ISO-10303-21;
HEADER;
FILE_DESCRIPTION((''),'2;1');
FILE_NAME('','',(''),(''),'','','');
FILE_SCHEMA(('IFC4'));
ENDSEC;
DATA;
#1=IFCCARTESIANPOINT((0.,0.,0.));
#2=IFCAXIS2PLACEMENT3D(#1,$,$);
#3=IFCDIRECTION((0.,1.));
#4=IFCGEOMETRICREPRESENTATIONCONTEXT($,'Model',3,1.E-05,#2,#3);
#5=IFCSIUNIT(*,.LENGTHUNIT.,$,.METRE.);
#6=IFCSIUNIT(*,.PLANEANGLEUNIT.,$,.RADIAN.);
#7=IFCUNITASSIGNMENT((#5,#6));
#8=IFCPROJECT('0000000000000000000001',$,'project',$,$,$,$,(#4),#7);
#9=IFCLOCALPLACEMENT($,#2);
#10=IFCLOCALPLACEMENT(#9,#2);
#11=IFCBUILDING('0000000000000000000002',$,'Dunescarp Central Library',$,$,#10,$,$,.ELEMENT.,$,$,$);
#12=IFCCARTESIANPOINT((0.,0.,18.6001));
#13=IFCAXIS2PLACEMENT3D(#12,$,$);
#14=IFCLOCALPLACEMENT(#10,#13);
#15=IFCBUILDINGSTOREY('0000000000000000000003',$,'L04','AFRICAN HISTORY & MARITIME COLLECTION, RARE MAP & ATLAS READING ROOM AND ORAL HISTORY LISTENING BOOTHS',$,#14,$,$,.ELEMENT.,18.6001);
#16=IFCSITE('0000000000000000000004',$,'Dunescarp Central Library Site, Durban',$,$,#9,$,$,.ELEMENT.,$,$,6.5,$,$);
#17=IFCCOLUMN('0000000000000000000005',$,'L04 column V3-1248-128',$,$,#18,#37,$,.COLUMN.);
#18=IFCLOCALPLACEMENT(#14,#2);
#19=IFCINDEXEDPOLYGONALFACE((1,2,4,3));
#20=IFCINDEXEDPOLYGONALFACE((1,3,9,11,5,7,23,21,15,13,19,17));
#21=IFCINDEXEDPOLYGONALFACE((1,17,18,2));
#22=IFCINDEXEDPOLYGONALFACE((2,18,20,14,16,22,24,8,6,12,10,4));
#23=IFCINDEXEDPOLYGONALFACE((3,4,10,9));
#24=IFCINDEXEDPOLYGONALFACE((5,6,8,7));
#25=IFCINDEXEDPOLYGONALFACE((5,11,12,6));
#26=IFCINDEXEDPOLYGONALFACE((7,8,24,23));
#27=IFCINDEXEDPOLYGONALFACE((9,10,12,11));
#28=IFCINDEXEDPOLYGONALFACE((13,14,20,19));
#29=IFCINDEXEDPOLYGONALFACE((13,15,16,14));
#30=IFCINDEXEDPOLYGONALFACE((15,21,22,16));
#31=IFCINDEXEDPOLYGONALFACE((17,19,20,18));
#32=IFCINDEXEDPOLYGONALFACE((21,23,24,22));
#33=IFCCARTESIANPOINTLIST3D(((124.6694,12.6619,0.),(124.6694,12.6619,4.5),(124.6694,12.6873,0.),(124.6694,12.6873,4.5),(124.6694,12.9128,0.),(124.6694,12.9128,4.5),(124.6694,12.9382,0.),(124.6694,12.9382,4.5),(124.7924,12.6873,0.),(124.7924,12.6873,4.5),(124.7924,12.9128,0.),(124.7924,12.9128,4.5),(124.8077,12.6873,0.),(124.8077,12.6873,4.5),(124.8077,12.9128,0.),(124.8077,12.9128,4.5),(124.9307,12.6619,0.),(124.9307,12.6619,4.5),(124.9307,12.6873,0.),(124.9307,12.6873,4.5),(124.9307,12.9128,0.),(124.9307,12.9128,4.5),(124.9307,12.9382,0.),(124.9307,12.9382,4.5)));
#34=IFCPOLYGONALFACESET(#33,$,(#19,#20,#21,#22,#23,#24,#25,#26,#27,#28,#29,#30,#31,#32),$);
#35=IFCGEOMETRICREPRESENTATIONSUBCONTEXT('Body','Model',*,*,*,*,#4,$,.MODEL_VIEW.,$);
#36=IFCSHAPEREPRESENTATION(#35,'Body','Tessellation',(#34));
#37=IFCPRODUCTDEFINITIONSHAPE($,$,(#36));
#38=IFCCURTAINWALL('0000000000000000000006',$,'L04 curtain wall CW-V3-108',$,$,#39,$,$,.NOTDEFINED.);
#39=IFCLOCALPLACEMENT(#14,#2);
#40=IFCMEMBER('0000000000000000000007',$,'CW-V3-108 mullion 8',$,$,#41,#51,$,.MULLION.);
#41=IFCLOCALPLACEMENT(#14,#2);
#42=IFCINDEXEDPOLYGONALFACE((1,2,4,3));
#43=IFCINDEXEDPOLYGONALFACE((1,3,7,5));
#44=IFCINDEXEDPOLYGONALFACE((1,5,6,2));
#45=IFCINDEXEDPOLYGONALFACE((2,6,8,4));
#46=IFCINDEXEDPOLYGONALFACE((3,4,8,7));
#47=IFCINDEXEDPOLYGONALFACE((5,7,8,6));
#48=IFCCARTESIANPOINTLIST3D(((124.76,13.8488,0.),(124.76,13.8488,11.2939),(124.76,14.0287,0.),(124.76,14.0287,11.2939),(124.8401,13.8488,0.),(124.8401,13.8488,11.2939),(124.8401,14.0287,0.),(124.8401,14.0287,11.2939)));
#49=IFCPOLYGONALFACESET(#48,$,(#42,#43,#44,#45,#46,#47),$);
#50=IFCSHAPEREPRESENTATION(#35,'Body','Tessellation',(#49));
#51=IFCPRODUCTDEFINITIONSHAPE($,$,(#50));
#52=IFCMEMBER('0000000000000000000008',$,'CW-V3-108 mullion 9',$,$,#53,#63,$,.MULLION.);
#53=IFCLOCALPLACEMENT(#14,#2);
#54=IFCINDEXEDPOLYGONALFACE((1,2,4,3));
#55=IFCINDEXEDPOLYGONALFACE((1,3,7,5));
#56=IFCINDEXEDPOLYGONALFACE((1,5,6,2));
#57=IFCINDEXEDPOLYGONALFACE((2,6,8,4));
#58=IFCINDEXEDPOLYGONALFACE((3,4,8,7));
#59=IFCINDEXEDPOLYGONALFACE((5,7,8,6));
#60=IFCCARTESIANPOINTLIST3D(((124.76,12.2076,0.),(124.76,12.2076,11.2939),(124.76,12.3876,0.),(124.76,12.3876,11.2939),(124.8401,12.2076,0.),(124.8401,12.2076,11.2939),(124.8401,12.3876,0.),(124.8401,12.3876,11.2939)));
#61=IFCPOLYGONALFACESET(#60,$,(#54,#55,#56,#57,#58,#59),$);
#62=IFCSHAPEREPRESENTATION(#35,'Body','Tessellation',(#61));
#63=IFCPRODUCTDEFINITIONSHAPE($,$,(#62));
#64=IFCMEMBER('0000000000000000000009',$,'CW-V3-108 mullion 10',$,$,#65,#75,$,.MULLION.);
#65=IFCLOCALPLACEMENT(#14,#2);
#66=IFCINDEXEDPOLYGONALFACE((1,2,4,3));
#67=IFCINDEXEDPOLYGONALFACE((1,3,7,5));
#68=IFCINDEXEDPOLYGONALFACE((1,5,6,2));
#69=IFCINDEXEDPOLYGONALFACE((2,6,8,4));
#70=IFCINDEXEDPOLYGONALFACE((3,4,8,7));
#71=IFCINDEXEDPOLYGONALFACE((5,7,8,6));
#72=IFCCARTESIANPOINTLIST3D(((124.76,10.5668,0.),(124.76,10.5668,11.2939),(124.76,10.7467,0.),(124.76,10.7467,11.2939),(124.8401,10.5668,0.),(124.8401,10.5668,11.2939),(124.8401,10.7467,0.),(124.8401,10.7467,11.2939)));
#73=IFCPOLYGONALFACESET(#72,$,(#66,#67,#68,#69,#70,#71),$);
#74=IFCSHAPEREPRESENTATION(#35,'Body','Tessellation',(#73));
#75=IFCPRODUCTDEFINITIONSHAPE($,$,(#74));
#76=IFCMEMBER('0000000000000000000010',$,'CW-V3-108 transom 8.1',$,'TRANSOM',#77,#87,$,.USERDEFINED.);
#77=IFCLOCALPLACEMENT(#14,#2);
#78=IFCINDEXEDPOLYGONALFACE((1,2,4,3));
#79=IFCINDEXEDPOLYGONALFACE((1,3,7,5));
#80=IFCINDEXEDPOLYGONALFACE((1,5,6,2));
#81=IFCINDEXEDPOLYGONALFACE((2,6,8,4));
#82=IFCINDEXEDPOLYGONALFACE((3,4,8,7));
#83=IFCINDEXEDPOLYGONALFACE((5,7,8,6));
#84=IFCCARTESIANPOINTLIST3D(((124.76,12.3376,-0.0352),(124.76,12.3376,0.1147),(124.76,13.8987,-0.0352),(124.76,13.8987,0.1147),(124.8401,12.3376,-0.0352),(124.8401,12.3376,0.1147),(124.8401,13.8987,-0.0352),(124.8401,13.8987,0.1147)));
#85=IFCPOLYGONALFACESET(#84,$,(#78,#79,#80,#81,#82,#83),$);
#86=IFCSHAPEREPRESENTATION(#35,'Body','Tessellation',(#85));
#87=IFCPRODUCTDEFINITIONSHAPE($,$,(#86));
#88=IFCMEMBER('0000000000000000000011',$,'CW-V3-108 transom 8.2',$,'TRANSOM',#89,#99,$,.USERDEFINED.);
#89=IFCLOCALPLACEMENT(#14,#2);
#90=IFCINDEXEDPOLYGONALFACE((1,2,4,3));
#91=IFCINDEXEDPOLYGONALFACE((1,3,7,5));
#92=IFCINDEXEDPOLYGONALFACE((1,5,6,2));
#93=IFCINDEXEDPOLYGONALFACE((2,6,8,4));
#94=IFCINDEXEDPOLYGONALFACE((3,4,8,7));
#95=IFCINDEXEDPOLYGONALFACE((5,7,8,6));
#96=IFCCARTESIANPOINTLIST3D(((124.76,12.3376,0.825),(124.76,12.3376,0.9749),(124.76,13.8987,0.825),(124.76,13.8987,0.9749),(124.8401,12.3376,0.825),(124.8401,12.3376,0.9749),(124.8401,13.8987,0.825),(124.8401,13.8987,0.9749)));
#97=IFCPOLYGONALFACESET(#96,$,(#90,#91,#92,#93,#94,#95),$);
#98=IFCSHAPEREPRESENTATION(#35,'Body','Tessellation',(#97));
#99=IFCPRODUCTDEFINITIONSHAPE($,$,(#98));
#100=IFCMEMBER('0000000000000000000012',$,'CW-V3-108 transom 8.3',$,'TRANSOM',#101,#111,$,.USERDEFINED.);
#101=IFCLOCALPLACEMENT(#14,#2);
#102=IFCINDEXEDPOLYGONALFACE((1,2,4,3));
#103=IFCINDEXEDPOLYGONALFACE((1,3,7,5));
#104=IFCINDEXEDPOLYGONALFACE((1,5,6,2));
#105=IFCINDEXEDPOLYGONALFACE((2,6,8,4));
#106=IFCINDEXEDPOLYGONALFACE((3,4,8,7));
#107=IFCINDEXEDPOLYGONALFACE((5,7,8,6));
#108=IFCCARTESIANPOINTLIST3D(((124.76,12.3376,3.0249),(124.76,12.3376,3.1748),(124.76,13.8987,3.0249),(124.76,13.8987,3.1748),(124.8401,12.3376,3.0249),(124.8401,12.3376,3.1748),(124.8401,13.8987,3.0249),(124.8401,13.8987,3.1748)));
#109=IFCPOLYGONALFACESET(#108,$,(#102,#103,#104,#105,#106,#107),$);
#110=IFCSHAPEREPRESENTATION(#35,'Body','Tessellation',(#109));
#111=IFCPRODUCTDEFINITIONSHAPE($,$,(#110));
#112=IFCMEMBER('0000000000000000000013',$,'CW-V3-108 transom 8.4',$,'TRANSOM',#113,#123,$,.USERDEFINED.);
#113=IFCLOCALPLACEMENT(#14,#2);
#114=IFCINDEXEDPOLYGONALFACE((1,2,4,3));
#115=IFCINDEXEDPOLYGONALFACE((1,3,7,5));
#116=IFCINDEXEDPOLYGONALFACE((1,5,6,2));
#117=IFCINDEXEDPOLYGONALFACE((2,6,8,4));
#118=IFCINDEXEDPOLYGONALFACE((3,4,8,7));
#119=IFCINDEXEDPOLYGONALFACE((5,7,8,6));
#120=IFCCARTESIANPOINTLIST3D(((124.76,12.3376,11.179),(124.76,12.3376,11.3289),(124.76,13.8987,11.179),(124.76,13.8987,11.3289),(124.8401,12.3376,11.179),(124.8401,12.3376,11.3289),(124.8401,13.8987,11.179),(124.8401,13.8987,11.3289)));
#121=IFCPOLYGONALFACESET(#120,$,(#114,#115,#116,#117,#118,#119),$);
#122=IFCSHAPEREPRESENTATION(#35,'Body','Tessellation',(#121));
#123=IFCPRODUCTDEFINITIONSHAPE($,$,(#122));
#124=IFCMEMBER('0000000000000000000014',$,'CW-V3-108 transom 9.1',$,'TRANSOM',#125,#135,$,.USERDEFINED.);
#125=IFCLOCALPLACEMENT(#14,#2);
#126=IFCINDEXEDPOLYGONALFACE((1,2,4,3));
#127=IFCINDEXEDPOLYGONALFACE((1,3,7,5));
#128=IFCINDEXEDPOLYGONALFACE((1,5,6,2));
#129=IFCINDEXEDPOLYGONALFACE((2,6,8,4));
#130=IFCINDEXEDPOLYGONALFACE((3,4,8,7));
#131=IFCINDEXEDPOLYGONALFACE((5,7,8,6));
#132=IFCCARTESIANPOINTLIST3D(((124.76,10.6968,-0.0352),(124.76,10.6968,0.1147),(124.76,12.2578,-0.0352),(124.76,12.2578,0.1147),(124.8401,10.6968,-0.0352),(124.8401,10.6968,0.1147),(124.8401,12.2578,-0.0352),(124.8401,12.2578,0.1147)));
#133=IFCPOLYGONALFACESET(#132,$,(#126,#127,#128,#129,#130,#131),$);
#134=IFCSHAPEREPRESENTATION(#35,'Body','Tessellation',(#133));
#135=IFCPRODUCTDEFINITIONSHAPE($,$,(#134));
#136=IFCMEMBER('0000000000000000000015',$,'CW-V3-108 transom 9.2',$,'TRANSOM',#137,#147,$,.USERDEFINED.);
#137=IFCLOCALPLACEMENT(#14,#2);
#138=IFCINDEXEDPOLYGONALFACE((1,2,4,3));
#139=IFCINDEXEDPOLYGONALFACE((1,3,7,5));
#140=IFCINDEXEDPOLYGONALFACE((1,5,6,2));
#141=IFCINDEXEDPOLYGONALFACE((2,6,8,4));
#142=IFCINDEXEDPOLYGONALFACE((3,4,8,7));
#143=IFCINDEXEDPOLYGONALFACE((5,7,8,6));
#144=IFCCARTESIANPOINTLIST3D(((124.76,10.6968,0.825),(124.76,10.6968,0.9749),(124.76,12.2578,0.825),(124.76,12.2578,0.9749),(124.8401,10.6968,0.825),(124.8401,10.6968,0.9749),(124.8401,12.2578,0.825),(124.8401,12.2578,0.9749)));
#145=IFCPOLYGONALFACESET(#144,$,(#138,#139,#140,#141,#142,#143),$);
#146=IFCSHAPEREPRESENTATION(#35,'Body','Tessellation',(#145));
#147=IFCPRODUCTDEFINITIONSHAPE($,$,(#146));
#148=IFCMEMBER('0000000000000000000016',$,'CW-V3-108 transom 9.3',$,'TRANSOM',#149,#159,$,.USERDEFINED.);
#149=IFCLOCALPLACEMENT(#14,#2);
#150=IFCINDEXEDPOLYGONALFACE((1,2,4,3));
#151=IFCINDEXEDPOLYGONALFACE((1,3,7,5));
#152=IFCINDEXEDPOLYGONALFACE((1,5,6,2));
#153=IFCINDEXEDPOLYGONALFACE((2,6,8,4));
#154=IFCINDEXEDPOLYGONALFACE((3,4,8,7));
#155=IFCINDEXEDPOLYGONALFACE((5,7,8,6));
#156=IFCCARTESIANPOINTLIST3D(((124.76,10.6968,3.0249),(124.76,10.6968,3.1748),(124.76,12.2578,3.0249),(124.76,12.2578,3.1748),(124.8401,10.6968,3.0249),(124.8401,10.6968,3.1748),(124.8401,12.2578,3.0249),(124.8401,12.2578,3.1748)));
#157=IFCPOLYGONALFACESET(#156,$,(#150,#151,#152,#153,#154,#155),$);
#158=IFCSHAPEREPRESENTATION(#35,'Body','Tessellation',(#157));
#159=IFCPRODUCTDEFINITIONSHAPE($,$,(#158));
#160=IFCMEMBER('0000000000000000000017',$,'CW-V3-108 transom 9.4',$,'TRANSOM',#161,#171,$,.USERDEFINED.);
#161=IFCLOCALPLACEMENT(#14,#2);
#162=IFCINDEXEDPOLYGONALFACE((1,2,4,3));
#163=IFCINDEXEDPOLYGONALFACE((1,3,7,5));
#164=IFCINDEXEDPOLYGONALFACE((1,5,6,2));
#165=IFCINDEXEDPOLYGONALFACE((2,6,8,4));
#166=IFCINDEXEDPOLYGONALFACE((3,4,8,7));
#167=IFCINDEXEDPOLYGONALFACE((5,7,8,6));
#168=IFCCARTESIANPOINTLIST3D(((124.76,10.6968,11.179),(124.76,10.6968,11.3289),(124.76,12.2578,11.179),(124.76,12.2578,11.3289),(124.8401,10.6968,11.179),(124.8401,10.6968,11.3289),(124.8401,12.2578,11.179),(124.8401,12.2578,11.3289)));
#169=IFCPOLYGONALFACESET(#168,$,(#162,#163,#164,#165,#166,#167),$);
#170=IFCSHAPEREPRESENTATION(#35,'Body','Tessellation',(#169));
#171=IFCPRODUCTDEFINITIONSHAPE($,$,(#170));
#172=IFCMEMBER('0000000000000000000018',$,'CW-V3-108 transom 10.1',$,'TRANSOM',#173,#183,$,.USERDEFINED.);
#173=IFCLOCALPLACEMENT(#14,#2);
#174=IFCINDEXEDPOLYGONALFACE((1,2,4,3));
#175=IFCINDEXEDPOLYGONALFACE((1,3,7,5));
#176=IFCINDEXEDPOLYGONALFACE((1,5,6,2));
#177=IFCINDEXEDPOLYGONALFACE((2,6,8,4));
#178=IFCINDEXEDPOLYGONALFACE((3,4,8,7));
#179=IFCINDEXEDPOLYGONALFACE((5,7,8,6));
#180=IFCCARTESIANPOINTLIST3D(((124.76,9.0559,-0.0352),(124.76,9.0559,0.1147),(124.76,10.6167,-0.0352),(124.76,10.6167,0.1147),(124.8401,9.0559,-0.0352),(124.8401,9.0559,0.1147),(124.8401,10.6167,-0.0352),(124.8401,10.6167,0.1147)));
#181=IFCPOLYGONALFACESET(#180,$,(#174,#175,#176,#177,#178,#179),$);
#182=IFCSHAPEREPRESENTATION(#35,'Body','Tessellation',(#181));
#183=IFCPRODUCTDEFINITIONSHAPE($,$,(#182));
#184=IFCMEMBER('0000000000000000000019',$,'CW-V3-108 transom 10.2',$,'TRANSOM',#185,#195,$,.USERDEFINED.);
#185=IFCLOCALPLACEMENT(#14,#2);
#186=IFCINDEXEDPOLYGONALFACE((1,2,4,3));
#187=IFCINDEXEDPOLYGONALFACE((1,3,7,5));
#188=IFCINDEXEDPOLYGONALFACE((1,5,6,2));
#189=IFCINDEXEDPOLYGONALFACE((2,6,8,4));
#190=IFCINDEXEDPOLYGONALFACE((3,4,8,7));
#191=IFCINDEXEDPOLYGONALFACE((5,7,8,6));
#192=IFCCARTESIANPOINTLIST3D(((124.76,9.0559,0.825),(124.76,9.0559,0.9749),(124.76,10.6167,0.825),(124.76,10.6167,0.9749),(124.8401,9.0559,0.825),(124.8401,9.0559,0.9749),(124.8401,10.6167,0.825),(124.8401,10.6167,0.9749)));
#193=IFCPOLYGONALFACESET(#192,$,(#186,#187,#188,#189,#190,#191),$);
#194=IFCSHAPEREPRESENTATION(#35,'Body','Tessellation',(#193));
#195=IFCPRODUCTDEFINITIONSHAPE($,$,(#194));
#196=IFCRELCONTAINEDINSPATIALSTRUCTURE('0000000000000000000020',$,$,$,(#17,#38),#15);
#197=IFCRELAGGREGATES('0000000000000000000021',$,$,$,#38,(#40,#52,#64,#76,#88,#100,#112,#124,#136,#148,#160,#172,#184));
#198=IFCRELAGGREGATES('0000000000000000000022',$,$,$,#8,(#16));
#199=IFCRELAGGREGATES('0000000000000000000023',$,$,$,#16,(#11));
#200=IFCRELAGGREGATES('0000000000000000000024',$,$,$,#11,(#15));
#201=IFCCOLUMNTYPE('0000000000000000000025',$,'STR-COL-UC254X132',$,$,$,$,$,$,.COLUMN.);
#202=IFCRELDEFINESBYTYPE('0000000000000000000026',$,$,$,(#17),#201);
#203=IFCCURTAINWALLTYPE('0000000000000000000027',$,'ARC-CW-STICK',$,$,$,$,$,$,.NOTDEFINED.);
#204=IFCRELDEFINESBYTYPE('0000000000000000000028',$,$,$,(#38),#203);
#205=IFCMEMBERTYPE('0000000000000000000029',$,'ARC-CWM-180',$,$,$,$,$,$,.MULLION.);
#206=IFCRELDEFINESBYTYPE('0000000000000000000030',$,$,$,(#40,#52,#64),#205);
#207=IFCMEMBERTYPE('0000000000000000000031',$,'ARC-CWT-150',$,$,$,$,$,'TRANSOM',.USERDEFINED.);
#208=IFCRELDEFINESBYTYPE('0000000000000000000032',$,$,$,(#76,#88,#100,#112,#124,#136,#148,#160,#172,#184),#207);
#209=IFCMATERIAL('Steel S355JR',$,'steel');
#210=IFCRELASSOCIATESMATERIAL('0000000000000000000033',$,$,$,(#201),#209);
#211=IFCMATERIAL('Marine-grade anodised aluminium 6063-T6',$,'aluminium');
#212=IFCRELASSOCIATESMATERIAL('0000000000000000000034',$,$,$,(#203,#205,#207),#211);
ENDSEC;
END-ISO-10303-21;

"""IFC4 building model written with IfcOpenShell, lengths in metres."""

from ifc_helpers import new_model, si_unit, direction, frame, origin, origin_2d, place, context, subcontext, project, spatial, rectangle, i_section, extrude, material, material_profile, profile_set, type_object, element, aggregate, save


model = new_model("IFC4")

# Units and contexts
model_context = context("Model", 3, precision=1e-05, world=origin(), true_north=direction((0.0, 1.0)))
body_context = subcontext(model_context, "Body", "Model", "MODEL_VIEW")
ifc_project = project(units=[si_unit("LENGTHUNIT", "METRE"), si_unit("PLANEANGLEUNIT", "RADIAN")], contexts=[model_context])

# Site, building, storey
site_placement = place(None, origin())
site = spatial("IfcSite", under=ifc_project, at=site_placement, Name="Dunescarp Central Library Site, Durban", CompositionType="ELEMENT", RefElevation=6.5)
building_placement = place(site_placement, origin())
building = spatial("IfcBuilding", under=site, at=building_placement, Name="Dunescarp Central Library", CompositionType="ELEMENT")
storey_placement = place(building_placement, frame((0.0, 0.0, 18.6001)))
storey = spatial("IfcBuildingStorey", under=building, at=storey_placement, Name="L04", Description="AFRICAN HISTORY & MARITIME COLLECTION, RARE MAP & ATLAS READING ROOM AND ORAL HISTORY LISTENING BOOTHS", CompositionType="ELEMENT", Elevation=18.6001)

# Column
ifc_material_1 = material(Name="Steel S355JR", Category="steel")
ifc_material_profile_1 = material_profile(ifc_material_1, i_section(OverallWidth=0.2612, OverallDepth=0.2764, WebThickness=0.0154, FlangeThickness=0.0254, at=origin_2d()), Name="UC 254x254x132")
ifc_profile_set_1 = profile_set([ifc_material_profile_1], Name="Steel S355JR")
column_type = type_object("IfcColumnType", Name="STR-COL-UC254X132", PredefinedType="COLUMN", material=ifc_profile_set_1)
column_placement = place(storey_placement, frame((124.8, 12.8, 0.0), z_axis=(0.0, 0.0, 1.0), x_axis=(1.0, 0.0, 0.0)))
element("IfcColumn", 1, at=column_placement, inside=storey, type_object=column_type, Name="L04 column V3-1248-128", PredefinedType="COLUMN", context=body_context, shape_type="SweptSolid", body=[
    extrude(i_section(OverallWidth=0.2612, OverallDepth=0.2764, WebThickness=0.0154, FlangeThickness=0.0254, at=origin_2d()), origin(), (0.0, 0.0, 1.0), 4.5),
])

# Curtain wall, members
ifc_material_2 = material(Name="Marine-grade anodised aluminium 6063-T6", Category="aluminium")
curtain_wall_type = type_object("IfcCurtainWallType", Name="ARC-CW-STICK", PredefinedType="NOTDEFINED", material=ifc_material_2)
curtain_wall_placement = place(storey_placement, origin())
curtain_wall = element("IfcCurtainWall", 2, at=curtain_wall_placement, inside=storey, type_object=curtain_wall_type, Name="L04 curtain wall CW-V3-108", PredefinedType="NOTDEFINED")
ifc_material_profile_2 = material_profile(ifc_material_2, rectangle(XDim=0.0801, YDim=0.1799, at=origin_2d()), Name="AL 80x180")
ifc_profile_set_2 = profile_set([ifc_material_profile_2], Name="Marine-grade anodised aluminium 6063-T6")
member_type_1 = type_object("IfcMemberType", Name="ARC-CWM-180", PredefinedType="MULLION", material=ifc_profile_set_2)
member_1_placement = place(storey_placement, frame((124.8, 13.9387, 0.0), z_axis=(0.0, 0.0, 1.0), x_axis=(1.0, 0.0, 0.0)))
member_1 = element("IfcMember", 3, at=member_1_placement, type_object=member_type_1, Name="CW-V3-108 mullion 8", PredefinedType="MULLION", context=body_context, shape_type="SweptSolid", body=[
    extrude(rectangle(XDim=0.0801, YDim=0.1799, at=origin_2d()), origin(), (0.0, 0.0, 1.0), 11.2939),
])
member_2_placement = place(storey_placement, frame((124.8, 12.2976, 0.0), z_axis=(0.0, 0.0, 1.0), x_axis=(1.0, 0.0, 0.0)))
member_2 = element("IfcMember", 4, at=member_2_placement, type_object=member_type_1, Name="CW-V3-108 mullion 9", PredefinedType="MULLION", context=body_context, shape_type="SweptSolid", body=[
    extrude(rectangle(XDim=0.0801, YDim=0.1799, at=origin_2d()), origin(), (0.0, 0.0, 1.0), 11.2939),
])
member_3_placement = place(storey_placement, frame((124.8, 10.6567, 0.0), z_axis=(0.0, 0.0, 1.0), x_axis=(1.0, 0.0, 0.0)))
member_3 = element("IfcMember", 5, at=member_3_placement, type_object=member_type_1, Name="CW-V3-108 mullion 10", PredefinedType="MULLION", context=body_context, shape_type="SweptSolid", body=[
    extrude(rectangle(XDim=0.0801, YDim=0.1799, at=origin_2d()), origin(), (0.0, 0.0, 1.0), 11.2939),
])
ifc_material_profile_3 = material_profile(ifc_material_2, rectangle(XDim=0.0801, YDim=0.1499, at=origin_2d()), Name="AL 80x150")
ifc_profile_set_3 = profile_set([ifc_material_profile_3], Name="Marine-grade anodised aluminium 6063-T6")
member_type_2 = type_object("IfcMemberType", Name="ARC-CWT-150", ElementType="TRANSOM", PredefinedType="USERDEFINED", material=ifc_profile_set_3)
member_4_placement = place(storey_placement, frame((124.8, 13.8987, 0.0398), z_axis=(0.0, -1.0, 0.0), x_axis=(1.0, 0.0, 0.0)))
member_4 = element("IfcMember", 6, at=member_4_placement, type_object=member_type_2, Name="CW-V3-108 transom 8.1", ObjectType="TRANSOM", PredefinedType="USERDEFINED", context=body_context, shape_type="SweptSolid", body=[
    extrude(rectangle(XDim=0.0801, YDim=0.1499, at=origin_2d()), origin(), (0.0, 0.0, 1.0), 1.561),
])
member_5_placement = place(storey_placement, frame((124.8, 13.8987, 0.8999), z_axis=(0.0, -1.0, 0.0), x_axis=(1.0, 0.0, 0.0)))
member_5 = element("IfcMember", 7, at=member_5_placement, type_object=member_type_2, Name="CW-V3-108 transom 8.2", ObjectType="TRANSOM", PredefinedType="USERDEFINED", context=body_context, shape_type="SweptSolid", body=[
    extrude(rectangle(XDim=0.0801, YDim=0.1499, at=origin_2d()), origin(), (0.0, 0.0, 1.0), 1.561),
])
member_6_placement = place(storey_placement, frame((124.8, 13.8987, 3.0999), z_axis=(0.0, -1.0, 0.0), x_axis=(1.0, 0.0, 0.0)))
member_6 = element("IfcMember", 8, at=member_6_placement, type_object=member_type_2, Name="CW-V3-108 transom 8.3", ObjectType="TRANSOM", PredefinedType="USERDEFINED", context=body_context, shape_type="SweptSolid", body=[
    extrude(rectangle(XDim=0.0801, YDim=0.1499, at=origin_2d()), origin(), (0.0, 0.0, 1.0), 1.561),
])
member_7_placement = place(storey_placement, frame((124.8, 13.8987, 11.2539), z_axis=(0.0, -1.0, 0.0), x_axis=(1.0, 0.0, 0.0)))
member_7 = element("IfcMember", 9, at=member_7_placement, type_object=member_type_2, Name="CW-V3-108 transom 8.4", ObjectType="TRANSOM", PredefinedType="USERDEFINED", context=body_context, shape_type="SweptSolid", body=[
    extrude(rectangle(XDim=0.0801, YDim=0.1499, at=origin_2d()), origin(), (0.0, 0.0, 1.0), 1.561),
])
member_8_placement = place(storey_placement, frame((124.8, 12.2578, 0.0398), z_axis=(0.0, -1.0, 0.0), x_axis=(1.0, 0.0, 0.0)))
member_8 = element("IfcMember", 10, at=member_8_placement, type_object=member_type_2, Name="CW-V3-108 transom 9.1", ObjectType="TRANSOM", PredefinedType="USERDEFINED", context=body_context, shape_type="SweptSolid", body=[
    extrude(rectangle(XDim=0.0801, YDim=0.1499, at=origin_2d()), origin(), (0.0, 0.0, 1.0), 1.561),
])
member_9_placement = place(storey_placement, frame((124.8, 12.2578, 0.8999), z_axis=(0.0, -1.0, 0.0), x_axis=(1.0, 0.0, 0.0)))
member_9 = element("IfcMember", 11, at=member_9_placement, type_object=member_type_2, Name="CW-V3-108 transom 9.2", ObjectType="TRANSOM", PredefinedType="USERDEFINED", context=body_context, shape_type="SweptSolid", body=[
    extrude(rectangle(XDim=0.0801, YDim=0.1499, at=origin_2d()), origin(), (0.0, 0.0, 1.0), 1.561),
])
member_10_placement = place(storey_placement, frame((124.8, 12.2578, 3.0999), z_axis=(0.0, -1.0, 0.0), x_axis=(1.0, 0.0, 0.0)))
member_10 = element("IfcMember", 12, at=member_10_placement, type_object=member_type_2, Name="CW-V3-108 transom 9.3", ObjectType="TRANSOM", PredefinedType="USERDEFINED", context=body_context, shape_type="SweptSolid", body=[
    extrude(rectangle(XDim=0.0801, YDim=0.1499, at=origin_2d()), origin(), (0.0, 0.0, 1.0), 1.561),
])
member_11_placement = place(storey_placement, frame((124.8, 12.2578, 11.2539), z_axis=(0.0, -1.0, 0.0), x_axis=(1.0, 0.0, 0.0)))
member_11 = element("IfcMember", 13, at=member_11_placement, type_object=member_type_2, Name="CW-V3-108 transom 9.4", ObjectType="TRANSOM", PredefinedType="USERDEFINED", context=body_context, shape_type="SweptSolid", body=[
    extrude(rectangle(XDim=0.0801, YDim=0.1499, at=origin_2d()), origin(), (0.0, 0.0, 1.0), 1.561),
])
member_12_placement = place(storey_placement, frame((124.8, 10.6167, 0.0398), z_axis=(0.0, -1.0, 0.0), x_axis=(1.0, 0.0, 0.0)))
member_12 = element("IfcMember", 14, at=member_12_placement, type_object=member_type_2, Name="CW-V3-108 transom 10.1", ObjectType="TRANSOM", PredefinedType="USERDEFINED", context=body_context, shape_type="SweptSolid", body=[
    extrude(rectangle(XDim=0.0801, YDim=0.1499, at=origin_2d()), origin(), (0.0, 0.0, 1.0), 1.5608),
])
member_13_placement = place(storey_placement, frame((124.8, 10.6167, 0.8999), z_axis=(0.0, -1.0, 0.0), x_axis=(1.0, 0.0, 0.0)))
member_13 = element("IfcMember", 15, at=member_13_placement, type_object=member_type_2, Name="CW-V3-108 transom 10.2", ObjectType="TRANSOM", PredefinedType="USERDEFINED", context=body_context, shape_type="SweptSolid", body=[
    extrude(rectangle(XDim=0.0801, YDim=0.1499, at=origin_2d()), origin(), (0.0, 0.0, 1.0), 1.5608),
])

aggregate(curtain_wall, [member_1, member_2, member_3, member_4, member_5, member_6, member_7, member_8, member_9, member_10, member_11, member_12, member_13])

save(model, "model.ifc")
